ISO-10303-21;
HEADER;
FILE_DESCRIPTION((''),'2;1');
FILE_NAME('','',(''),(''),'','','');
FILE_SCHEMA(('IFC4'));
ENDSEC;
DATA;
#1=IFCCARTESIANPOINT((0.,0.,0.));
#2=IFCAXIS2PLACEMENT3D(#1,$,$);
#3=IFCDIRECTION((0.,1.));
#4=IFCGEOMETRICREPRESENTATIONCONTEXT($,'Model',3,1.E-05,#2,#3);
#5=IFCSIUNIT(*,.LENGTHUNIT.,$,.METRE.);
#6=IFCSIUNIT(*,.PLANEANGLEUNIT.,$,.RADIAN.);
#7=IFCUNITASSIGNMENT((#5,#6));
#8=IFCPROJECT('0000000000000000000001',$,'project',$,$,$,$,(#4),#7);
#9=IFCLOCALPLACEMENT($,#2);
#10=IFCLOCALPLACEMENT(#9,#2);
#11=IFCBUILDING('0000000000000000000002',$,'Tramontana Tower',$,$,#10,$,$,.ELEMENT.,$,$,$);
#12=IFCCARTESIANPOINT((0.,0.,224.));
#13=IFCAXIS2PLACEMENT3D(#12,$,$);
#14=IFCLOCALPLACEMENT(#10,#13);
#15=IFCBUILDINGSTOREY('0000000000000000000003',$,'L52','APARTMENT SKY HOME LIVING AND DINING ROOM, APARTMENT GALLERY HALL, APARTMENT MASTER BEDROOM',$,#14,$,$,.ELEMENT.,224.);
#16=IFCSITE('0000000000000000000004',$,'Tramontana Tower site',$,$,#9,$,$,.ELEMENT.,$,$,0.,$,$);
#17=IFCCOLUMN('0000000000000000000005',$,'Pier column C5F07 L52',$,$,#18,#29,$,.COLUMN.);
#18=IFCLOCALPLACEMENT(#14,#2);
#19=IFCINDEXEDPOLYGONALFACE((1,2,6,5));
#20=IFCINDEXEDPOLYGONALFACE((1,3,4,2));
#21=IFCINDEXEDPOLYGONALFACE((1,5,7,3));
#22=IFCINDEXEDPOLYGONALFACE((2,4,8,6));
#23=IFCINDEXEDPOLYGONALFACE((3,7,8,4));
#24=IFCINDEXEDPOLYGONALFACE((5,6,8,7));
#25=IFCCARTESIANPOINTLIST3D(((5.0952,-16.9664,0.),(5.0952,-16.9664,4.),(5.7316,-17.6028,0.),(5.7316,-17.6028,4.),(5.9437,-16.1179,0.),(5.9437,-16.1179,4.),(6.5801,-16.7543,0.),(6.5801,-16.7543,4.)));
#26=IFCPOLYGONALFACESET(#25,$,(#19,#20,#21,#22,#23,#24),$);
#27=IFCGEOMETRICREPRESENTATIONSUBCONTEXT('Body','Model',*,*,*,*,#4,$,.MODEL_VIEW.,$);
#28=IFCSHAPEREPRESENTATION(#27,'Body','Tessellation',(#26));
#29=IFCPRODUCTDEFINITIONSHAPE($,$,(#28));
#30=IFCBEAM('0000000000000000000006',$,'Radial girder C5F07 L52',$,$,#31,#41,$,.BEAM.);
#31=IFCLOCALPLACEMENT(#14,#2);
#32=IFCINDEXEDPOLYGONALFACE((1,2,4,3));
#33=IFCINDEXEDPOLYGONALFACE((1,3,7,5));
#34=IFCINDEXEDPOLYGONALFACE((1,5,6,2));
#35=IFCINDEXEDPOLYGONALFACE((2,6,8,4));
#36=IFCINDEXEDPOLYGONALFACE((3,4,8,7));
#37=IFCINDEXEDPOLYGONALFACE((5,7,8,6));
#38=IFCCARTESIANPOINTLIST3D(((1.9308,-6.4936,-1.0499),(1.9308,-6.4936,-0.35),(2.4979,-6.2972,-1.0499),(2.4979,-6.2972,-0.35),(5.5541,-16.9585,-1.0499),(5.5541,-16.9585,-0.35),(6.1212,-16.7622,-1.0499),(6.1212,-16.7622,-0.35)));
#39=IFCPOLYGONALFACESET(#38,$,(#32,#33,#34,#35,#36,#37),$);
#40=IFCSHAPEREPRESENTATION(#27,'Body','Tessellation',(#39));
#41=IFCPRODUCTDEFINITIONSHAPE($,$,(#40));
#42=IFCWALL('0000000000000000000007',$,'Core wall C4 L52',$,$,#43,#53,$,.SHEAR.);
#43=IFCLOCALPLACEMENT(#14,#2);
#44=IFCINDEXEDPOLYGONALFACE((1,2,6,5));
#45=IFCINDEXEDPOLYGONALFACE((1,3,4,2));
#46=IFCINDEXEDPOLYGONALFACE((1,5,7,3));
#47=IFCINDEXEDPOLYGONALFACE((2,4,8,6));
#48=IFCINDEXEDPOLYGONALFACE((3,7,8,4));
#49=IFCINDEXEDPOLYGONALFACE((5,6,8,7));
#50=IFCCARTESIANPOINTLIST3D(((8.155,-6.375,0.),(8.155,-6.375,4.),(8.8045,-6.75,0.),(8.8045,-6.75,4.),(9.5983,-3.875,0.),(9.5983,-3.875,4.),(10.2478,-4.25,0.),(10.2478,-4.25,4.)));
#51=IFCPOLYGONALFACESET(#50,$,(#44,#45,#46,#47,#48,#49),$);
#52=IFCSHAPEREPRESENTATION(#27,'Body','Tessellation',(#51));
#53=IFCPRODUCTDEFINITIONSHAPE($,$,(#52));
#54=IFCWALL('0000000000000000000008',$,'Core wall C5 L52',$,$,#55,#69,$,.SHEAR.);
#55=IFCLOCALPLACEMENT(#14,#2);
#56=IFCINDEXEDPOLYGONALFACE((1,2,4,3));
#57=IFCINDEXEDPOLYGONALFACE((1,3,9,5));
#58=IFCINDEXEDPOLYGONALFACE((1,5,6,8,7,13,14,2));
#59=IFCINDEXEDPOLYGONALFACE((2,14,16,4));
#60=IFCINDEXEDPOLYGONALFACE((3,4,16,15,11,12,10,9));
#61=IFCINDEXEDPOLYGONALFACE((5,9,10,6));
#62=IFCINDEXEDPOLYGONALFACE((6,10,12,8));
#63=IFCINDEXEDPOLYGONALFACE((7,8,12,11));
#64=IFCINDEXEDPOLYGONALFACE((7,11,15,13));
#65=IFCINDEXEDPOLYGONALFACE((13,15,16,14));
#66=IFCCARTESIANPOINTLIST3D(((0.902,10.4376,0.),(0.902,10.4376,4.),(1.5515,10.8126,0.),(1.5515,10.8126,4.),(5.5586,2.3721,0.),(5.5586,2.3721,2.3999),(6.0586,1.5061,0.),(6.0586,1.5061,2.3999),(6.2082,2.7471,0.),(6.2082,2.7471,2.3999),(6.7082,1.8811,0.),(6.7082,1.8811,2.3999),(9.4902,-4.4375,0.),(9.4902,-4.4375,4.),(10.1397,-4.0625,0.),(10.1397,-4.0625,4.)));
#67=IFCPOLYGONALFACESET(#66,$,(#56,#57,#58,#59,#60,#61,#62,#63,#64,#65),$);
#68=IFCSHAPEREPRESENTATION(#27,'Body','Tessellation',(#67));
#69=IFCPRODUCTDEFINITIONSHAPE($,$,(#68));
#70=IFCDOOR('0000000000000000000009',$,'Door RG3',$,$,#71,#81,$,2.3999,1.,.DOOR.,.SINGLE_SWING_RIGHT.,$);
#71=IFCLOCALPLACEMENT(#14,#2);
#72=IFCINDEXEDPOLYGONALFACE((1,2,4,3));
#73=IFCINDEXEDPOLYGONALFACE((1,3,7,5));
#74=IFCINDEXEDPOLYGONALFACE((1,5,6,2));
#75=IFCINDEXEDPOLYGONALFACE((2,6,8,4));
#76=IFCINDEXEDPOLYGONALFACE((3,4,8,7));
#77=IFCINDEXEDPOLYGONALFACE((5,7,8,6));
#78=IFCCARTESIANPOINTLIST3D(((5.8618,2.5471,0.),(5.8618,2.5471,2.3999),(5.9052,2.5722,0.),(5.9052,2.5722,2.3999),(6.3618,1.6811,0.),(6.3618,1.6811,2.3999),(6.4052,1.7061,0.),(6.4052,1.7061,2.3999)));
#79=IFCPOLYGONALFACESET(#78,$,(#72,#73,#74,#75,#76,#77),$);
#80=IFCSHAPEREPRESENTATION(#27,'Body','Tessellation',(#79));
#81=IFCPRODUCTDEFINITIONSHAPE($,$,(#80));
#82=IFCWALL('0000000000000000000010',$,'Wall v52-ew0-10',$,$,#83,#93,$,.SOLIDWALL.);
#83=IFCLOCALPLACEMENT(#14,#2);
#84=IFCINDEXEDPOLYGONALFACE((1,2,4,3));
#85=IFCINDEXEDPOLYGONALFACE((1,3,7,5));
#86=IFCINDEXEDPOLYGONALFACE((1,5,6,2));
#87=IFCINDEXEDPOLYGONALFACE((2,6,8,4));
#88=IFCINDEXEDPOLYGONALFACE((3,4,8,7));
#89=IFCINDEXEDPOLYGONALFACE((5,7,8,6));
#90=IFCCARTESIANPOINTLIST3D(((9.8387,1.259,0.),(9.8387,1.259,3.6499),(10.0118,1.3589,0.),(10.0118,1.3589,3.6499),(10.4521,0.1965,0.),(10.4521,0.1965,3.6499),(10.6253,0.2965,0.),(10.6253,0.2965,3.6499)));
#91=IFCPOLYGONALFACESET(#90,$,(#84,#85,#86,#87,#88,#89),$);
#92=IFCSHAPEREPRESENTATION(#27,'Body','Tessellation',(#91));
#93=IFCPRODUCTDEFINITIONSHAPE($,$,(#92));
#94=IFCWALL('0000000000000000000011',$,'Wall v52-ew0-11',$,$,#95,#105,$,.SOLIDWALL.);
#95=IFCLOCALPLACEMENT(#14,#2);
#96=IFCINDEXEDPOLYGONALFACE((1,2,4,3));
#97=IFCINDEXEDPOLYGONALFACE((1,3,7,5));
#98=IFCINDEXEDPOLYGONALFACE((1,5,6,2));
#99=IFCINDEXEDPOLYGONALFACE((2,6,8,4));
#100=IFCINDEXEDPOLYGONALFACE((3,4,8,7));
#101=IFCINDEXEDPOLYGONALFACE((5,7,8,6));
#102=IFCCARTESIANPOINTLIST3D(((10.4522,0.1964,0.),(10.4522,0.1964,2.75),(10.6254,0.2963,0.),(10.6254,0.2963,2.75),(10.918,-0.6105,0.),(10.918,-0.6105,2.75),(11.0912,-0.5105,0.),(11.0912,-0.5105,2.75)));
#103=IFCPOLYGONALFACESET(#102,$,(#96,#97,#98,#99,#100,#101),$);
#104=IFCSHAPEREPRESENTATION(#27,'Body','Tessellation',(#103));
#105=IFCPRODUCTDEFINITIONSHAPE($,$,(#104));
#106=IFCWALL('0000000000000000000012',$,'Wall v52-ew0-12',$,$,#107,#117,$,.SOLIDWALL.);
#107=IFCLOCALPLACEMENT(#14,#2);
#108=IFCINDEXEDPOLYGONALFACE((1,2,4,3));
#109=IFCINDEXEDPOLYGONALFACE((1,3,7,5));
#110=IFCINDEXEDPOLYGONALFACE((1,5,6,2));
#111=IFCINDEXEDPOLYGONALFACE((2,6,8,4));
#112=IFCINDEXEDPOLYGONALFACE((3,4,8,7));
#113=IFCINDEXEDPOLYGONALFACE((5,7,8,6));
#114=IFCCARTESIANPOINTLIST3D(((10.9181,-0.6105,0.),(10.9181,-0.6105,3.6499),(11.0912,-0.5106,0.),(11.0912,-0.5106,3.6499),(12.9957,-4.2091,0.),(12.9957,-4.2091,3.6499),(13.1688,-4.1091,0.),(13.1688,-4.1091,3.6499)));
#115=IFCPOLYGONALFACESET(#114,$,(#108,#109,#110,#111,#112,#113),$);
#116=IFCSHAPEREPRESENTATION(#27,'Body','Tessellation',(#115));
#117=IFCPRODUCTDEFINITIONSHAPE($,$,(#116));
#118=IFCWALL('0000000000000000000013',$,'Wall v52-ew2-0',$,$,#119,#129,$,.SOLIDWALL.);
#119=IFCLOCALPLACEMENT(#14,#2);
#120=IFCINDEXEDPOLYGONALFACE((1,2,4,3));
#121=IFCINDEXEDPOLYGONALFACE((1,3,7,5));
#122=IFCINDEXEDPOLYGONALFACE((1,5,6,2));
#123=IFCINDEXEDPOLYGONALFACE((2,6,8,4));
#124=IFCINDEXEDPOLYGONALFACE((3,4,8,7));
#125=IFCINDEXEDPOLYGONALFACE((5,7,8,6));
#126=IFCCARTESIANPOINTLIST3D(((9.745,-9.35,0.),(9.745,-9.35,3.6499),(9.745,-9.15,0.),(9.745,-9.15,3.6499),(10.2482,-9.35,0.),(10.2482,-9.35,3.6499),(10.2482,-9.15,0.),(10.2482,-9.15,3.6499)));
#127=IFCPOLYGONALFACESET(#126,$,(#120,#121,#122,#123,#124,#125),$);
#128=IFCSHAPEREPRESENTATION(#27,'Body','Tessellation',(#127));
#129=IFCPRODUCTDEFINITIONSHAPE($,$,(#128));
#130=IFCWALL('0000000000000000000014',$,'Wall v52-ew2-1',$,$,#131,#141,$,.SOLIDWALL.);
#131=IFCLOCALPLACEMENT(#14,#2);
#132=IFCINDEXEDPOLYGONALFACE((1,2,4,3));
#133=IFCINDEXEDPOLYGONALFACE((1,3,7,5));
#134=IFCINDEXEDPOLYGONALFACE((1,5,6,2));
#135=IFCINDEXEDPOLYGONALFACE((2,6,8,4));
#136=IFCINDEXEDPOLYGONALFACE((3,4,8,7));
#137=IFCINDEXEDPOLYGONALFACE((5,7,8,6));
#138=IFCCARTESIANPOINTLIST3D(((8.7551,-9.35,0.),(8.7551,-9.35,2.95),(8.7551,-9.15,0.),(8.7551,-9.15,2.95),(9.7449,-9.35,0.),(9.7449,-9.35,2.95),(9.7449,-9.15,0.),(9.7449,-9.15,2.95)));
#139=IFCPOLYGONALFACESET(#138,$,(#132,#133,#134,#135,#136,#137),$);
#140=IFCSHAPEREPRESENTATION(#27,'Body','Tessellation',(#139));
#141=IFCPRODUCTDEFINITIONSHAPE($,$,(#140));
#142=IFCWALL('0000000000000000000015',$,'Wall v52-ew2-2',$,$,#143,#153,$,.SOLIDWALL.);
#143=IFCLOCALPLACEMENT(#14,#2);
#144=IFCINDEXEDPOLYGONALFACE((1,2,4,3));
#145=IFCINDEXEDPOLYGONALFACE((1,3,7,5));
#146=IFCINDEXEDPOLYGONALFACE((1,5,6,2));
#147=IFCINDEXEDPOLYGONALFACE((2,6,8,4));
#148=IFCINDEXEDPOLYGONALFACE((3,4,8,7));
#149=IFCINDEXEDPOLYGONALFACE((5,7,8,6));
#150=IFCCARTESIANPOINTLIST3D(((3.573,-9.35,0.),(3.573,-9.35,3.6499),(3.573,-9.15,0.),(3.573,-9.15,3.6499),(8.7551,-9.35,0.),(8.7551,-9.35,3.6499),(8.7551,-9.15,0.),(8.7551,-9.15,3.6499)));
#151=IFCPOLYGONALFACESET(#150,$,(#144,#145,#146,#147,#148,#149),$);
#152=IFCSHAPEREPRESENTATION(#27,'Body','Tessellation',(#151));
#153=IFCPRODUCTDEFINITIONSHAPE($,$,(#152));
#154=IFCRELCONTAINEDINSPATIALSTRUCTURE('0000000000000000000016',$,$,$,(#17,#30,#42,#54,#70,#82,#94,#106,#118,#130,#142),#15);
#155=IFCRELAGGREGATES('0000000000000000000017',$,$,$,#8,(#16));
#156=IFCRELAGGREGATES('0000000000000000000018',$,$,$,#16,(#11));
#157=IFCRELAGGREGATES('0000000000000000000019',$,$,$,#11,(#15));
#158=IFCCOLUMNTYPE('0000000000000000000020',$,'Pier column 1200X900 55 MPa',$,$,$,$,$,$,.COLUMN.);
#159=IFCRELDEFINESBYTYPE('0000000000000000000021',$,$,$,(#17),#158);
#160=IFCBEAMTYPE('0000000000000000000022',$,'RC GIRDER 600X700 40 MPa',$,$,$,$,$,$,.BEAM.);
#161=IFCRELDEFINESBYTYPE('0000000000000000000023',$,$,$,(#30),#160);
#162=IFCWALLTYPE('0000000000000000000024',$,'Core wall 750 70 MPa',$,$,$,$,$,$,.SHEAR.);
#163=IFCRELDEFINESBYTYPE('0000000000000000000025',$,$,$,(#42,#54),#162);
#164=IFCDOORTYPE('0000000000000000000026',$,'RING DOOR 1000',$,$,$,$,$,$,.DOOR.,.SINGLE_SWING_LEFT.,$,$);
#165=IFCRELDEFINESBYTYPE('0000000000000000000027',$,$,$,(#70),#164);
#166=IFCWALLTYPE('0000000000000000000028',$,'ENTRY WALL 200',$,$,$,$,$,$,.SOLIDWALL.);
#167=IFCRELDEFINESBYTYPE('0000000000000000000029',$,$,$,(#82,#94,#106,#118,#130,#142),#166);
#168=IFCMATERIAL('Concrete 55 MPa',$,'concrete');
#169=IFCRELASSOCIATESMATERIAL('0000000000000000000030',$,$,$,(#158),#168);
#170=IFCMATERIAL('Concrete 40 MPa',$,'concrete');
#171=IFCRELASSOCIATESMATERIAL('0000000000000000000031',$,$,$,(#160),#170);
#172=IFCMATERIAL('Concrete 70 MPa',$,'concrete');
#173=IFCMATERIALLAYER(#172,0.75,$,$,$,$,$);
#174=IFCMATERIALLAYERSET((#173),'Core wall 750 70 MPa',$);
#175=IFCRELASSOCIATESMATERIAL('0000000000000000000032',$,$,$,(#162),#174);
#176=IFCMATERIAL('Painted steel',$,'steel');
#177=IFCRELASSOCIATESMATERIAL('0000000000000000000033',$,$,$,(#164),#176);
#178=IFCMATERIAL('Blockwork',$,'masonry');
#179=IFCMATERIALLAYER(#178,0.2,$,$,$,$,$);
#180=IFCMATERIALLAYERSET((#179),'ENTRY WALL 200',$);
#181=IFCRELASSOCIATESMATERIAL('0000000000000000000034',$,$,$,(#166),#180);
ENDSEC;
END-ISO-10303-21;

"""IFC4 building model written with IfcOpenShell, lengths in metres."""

from ifc_helpers import new_model, si_unit, direction, frame, frame_2d, origin, origin_2d, place, context, subcontext, project, spatial, rectangle, extrude, material, layer, layer_set, material_profile, profile_set, type_object, element, fill, save


model = new_model("IFC4")

# Units and contexts
model_context = context("Model", 3, precision=1e-05, world=origin(), true_north=direction((0.0, 1.0)))
body_context = subcontext(model_context, "Body", "Model", "MODEL_VIEW")
ifc_project = project(units=[si_unit("LENGTHUNIT", "METRE"), si_unit("PLANEANGLEUNIT", "RADIAN")], contexts=[model_context])

# Site, building, storey
site_placement = place(None, origin())
site = spatial("IfcSite", under=ifc_project, at=site_placement, Name="Tramontana Tower site", CompositionType="ELEMENT", RefElevation=0.0)
building_placement = place(site_placement, origin())
building = spatial("IfcBuilding", under=site, at=building_placement, Name="Tramontana Tower", CompositionType="ELEMENT")
storey_placement = place(building_placement, frame((0.0, 0.0, 224.0)))
storey = spatial("IfcBuildingStorey", under=building, at=storey_placement, Name="L52", Description="APARTMENT SKY HOME LIVING AND DINING ROOM, APARTMENT GALLERY HALL, APARTMENT MASTER BEDROOM", CompositionType="ELEMENT", Elevation=224.0)

# Column
ifc_material_1 = material(Name="Concrete 55 MPa", Category="concrete")
ifc_material_profile_1 = material_profile(ifc_material_1, rectangle(XDim=1.2, YDim=0.8999, at=origin_2d()), Name="Pier column 1200X900 55 MPa")
ifc_profile_set_1 = profile_set([ifc_material_profile_1], Name="Concrete 55 MPa")
column_type = type_object("IfcColumnType", Name="Pier column 1200X900 55 MPa", PredefinedType="COLUMN", material=ifc_profile_set_1)
column_placement = place(storey_placement, frame((5.8376, -16.8604, 0.0), z_axis=(0.0, 0.0, 1.0), x_axis=(0.707107, 0.707107, 0.0)))
element("IfcColumn", 1, at=column_placement, inside=storey, type_object=column_type, Name="Pier column C5F07 L52", PredefinedType="COLUMN", context=body_context, shape_type="SweptSolid", body=[
    extrude(rectangle(XDim=1.2, YDim=0.8999, at=origin_2d()), origin(), (0.0, 0.0, 1.0), 4.0),
])

# Beam
ifc_material_2 = material(Name="Concrete 40 MPa", Category="concrete")
ifc_material_profile_2 = material_profile(ifc_material_2, rectangle(XDim=0.6001, YDim=0.7, at=origin_2d()), Name="RC GIRDER 600X700 40 MPa")
ifc_profile_set_2 = profile_set([ifc_material_profile_2], Name="Concrete 40 MPa")
beam_type = type_object("IfcBeamType", Name="RC GIRDER 600X700 40 MPa", PredefinedType="BEAM", material=ifc_profile_set_2)
beam_placement = place(storey_placement, frame((5.8376, -16.8604, -0.7), z_axis=(-0.327179, 0.944962, 0.0), x_axis=(-0.944962, -0.327179, 0.0)))
element("IfcBeam", 2, at=beam_placement, inside=storey, type_object=beam_type, Name="Radial girder C5F07 L52", PredefinedType="BEAM", context=body_context, shape_type="SweptSolid", body=[
    extrude(rectangle(XDim=0.6001, YDim=0.7, at=origin_2d()), origin(), (0.0, 0.0, 1.0), 11.0745),
])

# Wall
ifc_material_3 = material(Name="Concrete 70 MPa", Category="concrete")
ifc_layer_1 = layer(ifc_material_3, 0.75)
ifc_layer_set_1 = layer_set([ifc_layer_1], Name="Core wall 750 70 MPa")
wall_type_1 = type_object("IfcWallType", Name="Core wall 750 70 MPa", PredefinedType="SHEAR", material=ifc_layer_set_1)
wall_1_placement = place(storey_placement, frame((8.4797, -6.5625, 0.0), z_axis=(0.0, 0.0, 1.0), x_axis=(0.499996, 0.866028, 0.0)))
element("IfcWall", 3, at=wall_1_placement, inside=storey, type_object=wall_type_1, Name="Core wall C4 L52", PredefinedType="SHEAR", context=body_context, shape_type="SweptSolid", body=[
    extrude(rectangle(XDim=2.8867, YDim=0.75, at=frame_2d((1.4434, 0.0))), origin(), (0.0, 0.0, 1.0), 4.0),
])

# Wall, opening, door
wall_2_placement = place(storey_placement, frame((9.8149, -4.25, 0.0), z_axis=(0.0, 0.0, 1.0), x_axis=(-0.500002, 0.866024, 0.0)))
wall_2 = element("IfcWall", 4, at=wall_2_placement, inside=storey, type_object=wall_type_1, Name="Core wall C5 L52", PredefinedType="SHEAR", context=body_context, shape_type="SweptSolid", body=[
    extrude(rectangle(XDim=17.1763, YDim=0.75, at=frame_2d((8.5881, 0.0))), origin(), (0.0, 0.0, 1.0), 4.0),
])
opening_1_placement = place(wall_2_placement, frame((6.863, 0.0, 0.0)))
opening_1 = element("IfcOpeningElement", 5, at=opening_1_placement, cuts=wall_2, PredefinedType="OPENING", context=body_context, shape_type="SweptSolid", body=[
    extrude(rectangle(XDim=1.0, YDim=2.3999, at=frame_2d((0.5, 1.2))), frame((0.0, 0.385, 0.0), z_axis=(0.0, -1.0, 0.0), x_axis=(1.0, 0.0, 0.0)), (0.0, 0.0, 1.0), 0.77),
])
ifc_material_4 = material(Name="Painted steel", Category="steel")
door_type_1 = type_object("IfcDoorType", Name="RING DOOR 1000", OperationType="SINGLE_SWING_LEFT", PredefinedType="DOOR", material=ifc_material_4)
door_1_placement = place(opening_1_placement, origin())
door_1 = element("IfcDoor", 6, at=door_1_placement, inside=storey, type_object=door_type_1, Name="Door RG3", OperationType="SINGLE_SWING_RIGHT", OverallHeight=2.3999, OverallWidth=1.0, PredefinedType="DOOR", context=body_context, shape_type="SweptSolid", body=[
    extrude(rectangle(XDim=1.0, YDim=2.3999, at=frame_2d((0.5, 1.2))), frame((0.0, 0.0249, 0.0), z_axis=(0.0, -1.0, 0.0), x_axis=(1.0, 0.0, 0.0)), (0.0, 0.0, 1.0), 0.05),
])
fill(opening_1, door_1)

# Walls
ifc_material_5 = material(Name="Blockwork", Category="masonry")
ifc_layer_2 = layer(ifc_material_5, 0.2)
ifc_layer_set_2 = layer_set([ifc_layer_2], Name="ENTRY WALL 200")
wall_type_2 = type_object("IfcWallType", Name="ENTRY WALL 200", PredefinedType="SOLIDWALL", material=ifc_layer_set_2)
wall_3_placement = place(storey_placement, frame((9.9253, 1.3088, 0.0), z_axis=(0.0, 0.0, 1.0), x_axis=(0.500055, -0.865993, 0.0)))
element("IfcWall", 7, at=wall_3_placement, inside=storey, type_object=wall_type_2, Name="Wall v52-ew0-10", PredefinedType="SOLIDWALL", context=body_context, shape_type="SweptSolid", body=[
    extrude(rectangle(XDim=1.2268, YDim=0.2, at=frame_2d((0.6133, 0.0))), origin(), (0.0, 0.0, 1.0), 3.6499),
])
wall_4_placement = place(storey_placement, frame((10.5388, 0.2463, 0.0), z_axis=(0.0, 0.0, 1.0), x_axis=(0.499972, -0.866042, 0.0)))
element("IfcWall", 8, at=wall_4_placement, inside=storey, type_object=wall_type_2, Name="Wall v52-ew0-11", PredefinedType="SOLIDWALL", context=body_context, shape_type="SweptSolid", body=[
    extrude(rectangle(XDim=0.9316, YDim=0.2, at=frame_2d((0.4658, 0.0))), origin(), (0.0, 0.0, 1.0), 2.75),
])
wall_5_placement = place(storey_placement, frame((11.0046, -0.5605, 0.0), z_axis=(0.0, 0.0, 1.0), x_axis=(0.499994, -0.866029, 0.0)))
element("IfcWall", 9, at=wall_5_placement, inside=storey, type_object=wall_type_2, Name="Wall v52-ew0-12", PredefinedType="SOLIDWALL", context=body_context, shape_type="SweptSolid", body=[
    extrude(rectangle(XDim=4.1553, YDim=0.2, at=frame_2d((2.0776, 0.0))), origin(), (0.0, 0.0, 1.0), 3.6499),
])
wall_6_placement = place(storey_placement, frame((10.248, -9.25, 0.0), z_axis=(0.0, 0.0, 1.0), x_axis=(-1.0, 0.0, 0.0)))
element("IfcWall", 10, at=wall_6_placement, inside=storey, type_object=wall_type_2, Name="Wall v52-ew2-0", PredefinedType="SOLIDWALL", context=body_context, shape_type="SweptSolid", body=[
    extrude(rectangle(XDim=0.5032, YDim=0.2, at=frame_2d((0.2515, 0.0))), origin(), (0.0, 0.0, 1.0), 3.6499),
])
wall_7_placement = place(storey_placement, frame((9.7449, -9.25, 0.0), z_axis=(0.0, 0.0, 1.0), x_axis=(-1.0, 0.0, 0.0)))
element("IfcWall", 11, at=wall_7_placement, inside=storey, type_object=wall_type_2, Name="Wall v52-ew2-1", PredefinedType="SOLIDWALL", context=body_context, shape_type="SweptSolid", body=[
    extrude(rectangle(XDim=0.9897, YDim=0.2, at=frame_2d((0.4949, 0.0))), origin(), (0.0, 0.0, 1.0), 2.95),
])
wall_8_placement = place(storey_placement, frame((8.7551, -9.25, 0.0), z_axis=(0.0, 0.0, 1.0), x_axis=(-1.0, 0.0, 0.0)))
element("IfcWall", 12, at=wall_8_placement, inside=storey, type_object=wall_type_2, Name="Wall v52-ew2-2", PredefinedType="SOLIDWALL", context=body_context, shape_type="SweptSolid", body=[
    extrude(rectangle(XDim=5.1821, YDim=0.2, at=frame_2d((2.5911, 0.0))), origin(), (0.0, 0.0, 1.0), 3.6499),
])

save(model, "model.ifc")
